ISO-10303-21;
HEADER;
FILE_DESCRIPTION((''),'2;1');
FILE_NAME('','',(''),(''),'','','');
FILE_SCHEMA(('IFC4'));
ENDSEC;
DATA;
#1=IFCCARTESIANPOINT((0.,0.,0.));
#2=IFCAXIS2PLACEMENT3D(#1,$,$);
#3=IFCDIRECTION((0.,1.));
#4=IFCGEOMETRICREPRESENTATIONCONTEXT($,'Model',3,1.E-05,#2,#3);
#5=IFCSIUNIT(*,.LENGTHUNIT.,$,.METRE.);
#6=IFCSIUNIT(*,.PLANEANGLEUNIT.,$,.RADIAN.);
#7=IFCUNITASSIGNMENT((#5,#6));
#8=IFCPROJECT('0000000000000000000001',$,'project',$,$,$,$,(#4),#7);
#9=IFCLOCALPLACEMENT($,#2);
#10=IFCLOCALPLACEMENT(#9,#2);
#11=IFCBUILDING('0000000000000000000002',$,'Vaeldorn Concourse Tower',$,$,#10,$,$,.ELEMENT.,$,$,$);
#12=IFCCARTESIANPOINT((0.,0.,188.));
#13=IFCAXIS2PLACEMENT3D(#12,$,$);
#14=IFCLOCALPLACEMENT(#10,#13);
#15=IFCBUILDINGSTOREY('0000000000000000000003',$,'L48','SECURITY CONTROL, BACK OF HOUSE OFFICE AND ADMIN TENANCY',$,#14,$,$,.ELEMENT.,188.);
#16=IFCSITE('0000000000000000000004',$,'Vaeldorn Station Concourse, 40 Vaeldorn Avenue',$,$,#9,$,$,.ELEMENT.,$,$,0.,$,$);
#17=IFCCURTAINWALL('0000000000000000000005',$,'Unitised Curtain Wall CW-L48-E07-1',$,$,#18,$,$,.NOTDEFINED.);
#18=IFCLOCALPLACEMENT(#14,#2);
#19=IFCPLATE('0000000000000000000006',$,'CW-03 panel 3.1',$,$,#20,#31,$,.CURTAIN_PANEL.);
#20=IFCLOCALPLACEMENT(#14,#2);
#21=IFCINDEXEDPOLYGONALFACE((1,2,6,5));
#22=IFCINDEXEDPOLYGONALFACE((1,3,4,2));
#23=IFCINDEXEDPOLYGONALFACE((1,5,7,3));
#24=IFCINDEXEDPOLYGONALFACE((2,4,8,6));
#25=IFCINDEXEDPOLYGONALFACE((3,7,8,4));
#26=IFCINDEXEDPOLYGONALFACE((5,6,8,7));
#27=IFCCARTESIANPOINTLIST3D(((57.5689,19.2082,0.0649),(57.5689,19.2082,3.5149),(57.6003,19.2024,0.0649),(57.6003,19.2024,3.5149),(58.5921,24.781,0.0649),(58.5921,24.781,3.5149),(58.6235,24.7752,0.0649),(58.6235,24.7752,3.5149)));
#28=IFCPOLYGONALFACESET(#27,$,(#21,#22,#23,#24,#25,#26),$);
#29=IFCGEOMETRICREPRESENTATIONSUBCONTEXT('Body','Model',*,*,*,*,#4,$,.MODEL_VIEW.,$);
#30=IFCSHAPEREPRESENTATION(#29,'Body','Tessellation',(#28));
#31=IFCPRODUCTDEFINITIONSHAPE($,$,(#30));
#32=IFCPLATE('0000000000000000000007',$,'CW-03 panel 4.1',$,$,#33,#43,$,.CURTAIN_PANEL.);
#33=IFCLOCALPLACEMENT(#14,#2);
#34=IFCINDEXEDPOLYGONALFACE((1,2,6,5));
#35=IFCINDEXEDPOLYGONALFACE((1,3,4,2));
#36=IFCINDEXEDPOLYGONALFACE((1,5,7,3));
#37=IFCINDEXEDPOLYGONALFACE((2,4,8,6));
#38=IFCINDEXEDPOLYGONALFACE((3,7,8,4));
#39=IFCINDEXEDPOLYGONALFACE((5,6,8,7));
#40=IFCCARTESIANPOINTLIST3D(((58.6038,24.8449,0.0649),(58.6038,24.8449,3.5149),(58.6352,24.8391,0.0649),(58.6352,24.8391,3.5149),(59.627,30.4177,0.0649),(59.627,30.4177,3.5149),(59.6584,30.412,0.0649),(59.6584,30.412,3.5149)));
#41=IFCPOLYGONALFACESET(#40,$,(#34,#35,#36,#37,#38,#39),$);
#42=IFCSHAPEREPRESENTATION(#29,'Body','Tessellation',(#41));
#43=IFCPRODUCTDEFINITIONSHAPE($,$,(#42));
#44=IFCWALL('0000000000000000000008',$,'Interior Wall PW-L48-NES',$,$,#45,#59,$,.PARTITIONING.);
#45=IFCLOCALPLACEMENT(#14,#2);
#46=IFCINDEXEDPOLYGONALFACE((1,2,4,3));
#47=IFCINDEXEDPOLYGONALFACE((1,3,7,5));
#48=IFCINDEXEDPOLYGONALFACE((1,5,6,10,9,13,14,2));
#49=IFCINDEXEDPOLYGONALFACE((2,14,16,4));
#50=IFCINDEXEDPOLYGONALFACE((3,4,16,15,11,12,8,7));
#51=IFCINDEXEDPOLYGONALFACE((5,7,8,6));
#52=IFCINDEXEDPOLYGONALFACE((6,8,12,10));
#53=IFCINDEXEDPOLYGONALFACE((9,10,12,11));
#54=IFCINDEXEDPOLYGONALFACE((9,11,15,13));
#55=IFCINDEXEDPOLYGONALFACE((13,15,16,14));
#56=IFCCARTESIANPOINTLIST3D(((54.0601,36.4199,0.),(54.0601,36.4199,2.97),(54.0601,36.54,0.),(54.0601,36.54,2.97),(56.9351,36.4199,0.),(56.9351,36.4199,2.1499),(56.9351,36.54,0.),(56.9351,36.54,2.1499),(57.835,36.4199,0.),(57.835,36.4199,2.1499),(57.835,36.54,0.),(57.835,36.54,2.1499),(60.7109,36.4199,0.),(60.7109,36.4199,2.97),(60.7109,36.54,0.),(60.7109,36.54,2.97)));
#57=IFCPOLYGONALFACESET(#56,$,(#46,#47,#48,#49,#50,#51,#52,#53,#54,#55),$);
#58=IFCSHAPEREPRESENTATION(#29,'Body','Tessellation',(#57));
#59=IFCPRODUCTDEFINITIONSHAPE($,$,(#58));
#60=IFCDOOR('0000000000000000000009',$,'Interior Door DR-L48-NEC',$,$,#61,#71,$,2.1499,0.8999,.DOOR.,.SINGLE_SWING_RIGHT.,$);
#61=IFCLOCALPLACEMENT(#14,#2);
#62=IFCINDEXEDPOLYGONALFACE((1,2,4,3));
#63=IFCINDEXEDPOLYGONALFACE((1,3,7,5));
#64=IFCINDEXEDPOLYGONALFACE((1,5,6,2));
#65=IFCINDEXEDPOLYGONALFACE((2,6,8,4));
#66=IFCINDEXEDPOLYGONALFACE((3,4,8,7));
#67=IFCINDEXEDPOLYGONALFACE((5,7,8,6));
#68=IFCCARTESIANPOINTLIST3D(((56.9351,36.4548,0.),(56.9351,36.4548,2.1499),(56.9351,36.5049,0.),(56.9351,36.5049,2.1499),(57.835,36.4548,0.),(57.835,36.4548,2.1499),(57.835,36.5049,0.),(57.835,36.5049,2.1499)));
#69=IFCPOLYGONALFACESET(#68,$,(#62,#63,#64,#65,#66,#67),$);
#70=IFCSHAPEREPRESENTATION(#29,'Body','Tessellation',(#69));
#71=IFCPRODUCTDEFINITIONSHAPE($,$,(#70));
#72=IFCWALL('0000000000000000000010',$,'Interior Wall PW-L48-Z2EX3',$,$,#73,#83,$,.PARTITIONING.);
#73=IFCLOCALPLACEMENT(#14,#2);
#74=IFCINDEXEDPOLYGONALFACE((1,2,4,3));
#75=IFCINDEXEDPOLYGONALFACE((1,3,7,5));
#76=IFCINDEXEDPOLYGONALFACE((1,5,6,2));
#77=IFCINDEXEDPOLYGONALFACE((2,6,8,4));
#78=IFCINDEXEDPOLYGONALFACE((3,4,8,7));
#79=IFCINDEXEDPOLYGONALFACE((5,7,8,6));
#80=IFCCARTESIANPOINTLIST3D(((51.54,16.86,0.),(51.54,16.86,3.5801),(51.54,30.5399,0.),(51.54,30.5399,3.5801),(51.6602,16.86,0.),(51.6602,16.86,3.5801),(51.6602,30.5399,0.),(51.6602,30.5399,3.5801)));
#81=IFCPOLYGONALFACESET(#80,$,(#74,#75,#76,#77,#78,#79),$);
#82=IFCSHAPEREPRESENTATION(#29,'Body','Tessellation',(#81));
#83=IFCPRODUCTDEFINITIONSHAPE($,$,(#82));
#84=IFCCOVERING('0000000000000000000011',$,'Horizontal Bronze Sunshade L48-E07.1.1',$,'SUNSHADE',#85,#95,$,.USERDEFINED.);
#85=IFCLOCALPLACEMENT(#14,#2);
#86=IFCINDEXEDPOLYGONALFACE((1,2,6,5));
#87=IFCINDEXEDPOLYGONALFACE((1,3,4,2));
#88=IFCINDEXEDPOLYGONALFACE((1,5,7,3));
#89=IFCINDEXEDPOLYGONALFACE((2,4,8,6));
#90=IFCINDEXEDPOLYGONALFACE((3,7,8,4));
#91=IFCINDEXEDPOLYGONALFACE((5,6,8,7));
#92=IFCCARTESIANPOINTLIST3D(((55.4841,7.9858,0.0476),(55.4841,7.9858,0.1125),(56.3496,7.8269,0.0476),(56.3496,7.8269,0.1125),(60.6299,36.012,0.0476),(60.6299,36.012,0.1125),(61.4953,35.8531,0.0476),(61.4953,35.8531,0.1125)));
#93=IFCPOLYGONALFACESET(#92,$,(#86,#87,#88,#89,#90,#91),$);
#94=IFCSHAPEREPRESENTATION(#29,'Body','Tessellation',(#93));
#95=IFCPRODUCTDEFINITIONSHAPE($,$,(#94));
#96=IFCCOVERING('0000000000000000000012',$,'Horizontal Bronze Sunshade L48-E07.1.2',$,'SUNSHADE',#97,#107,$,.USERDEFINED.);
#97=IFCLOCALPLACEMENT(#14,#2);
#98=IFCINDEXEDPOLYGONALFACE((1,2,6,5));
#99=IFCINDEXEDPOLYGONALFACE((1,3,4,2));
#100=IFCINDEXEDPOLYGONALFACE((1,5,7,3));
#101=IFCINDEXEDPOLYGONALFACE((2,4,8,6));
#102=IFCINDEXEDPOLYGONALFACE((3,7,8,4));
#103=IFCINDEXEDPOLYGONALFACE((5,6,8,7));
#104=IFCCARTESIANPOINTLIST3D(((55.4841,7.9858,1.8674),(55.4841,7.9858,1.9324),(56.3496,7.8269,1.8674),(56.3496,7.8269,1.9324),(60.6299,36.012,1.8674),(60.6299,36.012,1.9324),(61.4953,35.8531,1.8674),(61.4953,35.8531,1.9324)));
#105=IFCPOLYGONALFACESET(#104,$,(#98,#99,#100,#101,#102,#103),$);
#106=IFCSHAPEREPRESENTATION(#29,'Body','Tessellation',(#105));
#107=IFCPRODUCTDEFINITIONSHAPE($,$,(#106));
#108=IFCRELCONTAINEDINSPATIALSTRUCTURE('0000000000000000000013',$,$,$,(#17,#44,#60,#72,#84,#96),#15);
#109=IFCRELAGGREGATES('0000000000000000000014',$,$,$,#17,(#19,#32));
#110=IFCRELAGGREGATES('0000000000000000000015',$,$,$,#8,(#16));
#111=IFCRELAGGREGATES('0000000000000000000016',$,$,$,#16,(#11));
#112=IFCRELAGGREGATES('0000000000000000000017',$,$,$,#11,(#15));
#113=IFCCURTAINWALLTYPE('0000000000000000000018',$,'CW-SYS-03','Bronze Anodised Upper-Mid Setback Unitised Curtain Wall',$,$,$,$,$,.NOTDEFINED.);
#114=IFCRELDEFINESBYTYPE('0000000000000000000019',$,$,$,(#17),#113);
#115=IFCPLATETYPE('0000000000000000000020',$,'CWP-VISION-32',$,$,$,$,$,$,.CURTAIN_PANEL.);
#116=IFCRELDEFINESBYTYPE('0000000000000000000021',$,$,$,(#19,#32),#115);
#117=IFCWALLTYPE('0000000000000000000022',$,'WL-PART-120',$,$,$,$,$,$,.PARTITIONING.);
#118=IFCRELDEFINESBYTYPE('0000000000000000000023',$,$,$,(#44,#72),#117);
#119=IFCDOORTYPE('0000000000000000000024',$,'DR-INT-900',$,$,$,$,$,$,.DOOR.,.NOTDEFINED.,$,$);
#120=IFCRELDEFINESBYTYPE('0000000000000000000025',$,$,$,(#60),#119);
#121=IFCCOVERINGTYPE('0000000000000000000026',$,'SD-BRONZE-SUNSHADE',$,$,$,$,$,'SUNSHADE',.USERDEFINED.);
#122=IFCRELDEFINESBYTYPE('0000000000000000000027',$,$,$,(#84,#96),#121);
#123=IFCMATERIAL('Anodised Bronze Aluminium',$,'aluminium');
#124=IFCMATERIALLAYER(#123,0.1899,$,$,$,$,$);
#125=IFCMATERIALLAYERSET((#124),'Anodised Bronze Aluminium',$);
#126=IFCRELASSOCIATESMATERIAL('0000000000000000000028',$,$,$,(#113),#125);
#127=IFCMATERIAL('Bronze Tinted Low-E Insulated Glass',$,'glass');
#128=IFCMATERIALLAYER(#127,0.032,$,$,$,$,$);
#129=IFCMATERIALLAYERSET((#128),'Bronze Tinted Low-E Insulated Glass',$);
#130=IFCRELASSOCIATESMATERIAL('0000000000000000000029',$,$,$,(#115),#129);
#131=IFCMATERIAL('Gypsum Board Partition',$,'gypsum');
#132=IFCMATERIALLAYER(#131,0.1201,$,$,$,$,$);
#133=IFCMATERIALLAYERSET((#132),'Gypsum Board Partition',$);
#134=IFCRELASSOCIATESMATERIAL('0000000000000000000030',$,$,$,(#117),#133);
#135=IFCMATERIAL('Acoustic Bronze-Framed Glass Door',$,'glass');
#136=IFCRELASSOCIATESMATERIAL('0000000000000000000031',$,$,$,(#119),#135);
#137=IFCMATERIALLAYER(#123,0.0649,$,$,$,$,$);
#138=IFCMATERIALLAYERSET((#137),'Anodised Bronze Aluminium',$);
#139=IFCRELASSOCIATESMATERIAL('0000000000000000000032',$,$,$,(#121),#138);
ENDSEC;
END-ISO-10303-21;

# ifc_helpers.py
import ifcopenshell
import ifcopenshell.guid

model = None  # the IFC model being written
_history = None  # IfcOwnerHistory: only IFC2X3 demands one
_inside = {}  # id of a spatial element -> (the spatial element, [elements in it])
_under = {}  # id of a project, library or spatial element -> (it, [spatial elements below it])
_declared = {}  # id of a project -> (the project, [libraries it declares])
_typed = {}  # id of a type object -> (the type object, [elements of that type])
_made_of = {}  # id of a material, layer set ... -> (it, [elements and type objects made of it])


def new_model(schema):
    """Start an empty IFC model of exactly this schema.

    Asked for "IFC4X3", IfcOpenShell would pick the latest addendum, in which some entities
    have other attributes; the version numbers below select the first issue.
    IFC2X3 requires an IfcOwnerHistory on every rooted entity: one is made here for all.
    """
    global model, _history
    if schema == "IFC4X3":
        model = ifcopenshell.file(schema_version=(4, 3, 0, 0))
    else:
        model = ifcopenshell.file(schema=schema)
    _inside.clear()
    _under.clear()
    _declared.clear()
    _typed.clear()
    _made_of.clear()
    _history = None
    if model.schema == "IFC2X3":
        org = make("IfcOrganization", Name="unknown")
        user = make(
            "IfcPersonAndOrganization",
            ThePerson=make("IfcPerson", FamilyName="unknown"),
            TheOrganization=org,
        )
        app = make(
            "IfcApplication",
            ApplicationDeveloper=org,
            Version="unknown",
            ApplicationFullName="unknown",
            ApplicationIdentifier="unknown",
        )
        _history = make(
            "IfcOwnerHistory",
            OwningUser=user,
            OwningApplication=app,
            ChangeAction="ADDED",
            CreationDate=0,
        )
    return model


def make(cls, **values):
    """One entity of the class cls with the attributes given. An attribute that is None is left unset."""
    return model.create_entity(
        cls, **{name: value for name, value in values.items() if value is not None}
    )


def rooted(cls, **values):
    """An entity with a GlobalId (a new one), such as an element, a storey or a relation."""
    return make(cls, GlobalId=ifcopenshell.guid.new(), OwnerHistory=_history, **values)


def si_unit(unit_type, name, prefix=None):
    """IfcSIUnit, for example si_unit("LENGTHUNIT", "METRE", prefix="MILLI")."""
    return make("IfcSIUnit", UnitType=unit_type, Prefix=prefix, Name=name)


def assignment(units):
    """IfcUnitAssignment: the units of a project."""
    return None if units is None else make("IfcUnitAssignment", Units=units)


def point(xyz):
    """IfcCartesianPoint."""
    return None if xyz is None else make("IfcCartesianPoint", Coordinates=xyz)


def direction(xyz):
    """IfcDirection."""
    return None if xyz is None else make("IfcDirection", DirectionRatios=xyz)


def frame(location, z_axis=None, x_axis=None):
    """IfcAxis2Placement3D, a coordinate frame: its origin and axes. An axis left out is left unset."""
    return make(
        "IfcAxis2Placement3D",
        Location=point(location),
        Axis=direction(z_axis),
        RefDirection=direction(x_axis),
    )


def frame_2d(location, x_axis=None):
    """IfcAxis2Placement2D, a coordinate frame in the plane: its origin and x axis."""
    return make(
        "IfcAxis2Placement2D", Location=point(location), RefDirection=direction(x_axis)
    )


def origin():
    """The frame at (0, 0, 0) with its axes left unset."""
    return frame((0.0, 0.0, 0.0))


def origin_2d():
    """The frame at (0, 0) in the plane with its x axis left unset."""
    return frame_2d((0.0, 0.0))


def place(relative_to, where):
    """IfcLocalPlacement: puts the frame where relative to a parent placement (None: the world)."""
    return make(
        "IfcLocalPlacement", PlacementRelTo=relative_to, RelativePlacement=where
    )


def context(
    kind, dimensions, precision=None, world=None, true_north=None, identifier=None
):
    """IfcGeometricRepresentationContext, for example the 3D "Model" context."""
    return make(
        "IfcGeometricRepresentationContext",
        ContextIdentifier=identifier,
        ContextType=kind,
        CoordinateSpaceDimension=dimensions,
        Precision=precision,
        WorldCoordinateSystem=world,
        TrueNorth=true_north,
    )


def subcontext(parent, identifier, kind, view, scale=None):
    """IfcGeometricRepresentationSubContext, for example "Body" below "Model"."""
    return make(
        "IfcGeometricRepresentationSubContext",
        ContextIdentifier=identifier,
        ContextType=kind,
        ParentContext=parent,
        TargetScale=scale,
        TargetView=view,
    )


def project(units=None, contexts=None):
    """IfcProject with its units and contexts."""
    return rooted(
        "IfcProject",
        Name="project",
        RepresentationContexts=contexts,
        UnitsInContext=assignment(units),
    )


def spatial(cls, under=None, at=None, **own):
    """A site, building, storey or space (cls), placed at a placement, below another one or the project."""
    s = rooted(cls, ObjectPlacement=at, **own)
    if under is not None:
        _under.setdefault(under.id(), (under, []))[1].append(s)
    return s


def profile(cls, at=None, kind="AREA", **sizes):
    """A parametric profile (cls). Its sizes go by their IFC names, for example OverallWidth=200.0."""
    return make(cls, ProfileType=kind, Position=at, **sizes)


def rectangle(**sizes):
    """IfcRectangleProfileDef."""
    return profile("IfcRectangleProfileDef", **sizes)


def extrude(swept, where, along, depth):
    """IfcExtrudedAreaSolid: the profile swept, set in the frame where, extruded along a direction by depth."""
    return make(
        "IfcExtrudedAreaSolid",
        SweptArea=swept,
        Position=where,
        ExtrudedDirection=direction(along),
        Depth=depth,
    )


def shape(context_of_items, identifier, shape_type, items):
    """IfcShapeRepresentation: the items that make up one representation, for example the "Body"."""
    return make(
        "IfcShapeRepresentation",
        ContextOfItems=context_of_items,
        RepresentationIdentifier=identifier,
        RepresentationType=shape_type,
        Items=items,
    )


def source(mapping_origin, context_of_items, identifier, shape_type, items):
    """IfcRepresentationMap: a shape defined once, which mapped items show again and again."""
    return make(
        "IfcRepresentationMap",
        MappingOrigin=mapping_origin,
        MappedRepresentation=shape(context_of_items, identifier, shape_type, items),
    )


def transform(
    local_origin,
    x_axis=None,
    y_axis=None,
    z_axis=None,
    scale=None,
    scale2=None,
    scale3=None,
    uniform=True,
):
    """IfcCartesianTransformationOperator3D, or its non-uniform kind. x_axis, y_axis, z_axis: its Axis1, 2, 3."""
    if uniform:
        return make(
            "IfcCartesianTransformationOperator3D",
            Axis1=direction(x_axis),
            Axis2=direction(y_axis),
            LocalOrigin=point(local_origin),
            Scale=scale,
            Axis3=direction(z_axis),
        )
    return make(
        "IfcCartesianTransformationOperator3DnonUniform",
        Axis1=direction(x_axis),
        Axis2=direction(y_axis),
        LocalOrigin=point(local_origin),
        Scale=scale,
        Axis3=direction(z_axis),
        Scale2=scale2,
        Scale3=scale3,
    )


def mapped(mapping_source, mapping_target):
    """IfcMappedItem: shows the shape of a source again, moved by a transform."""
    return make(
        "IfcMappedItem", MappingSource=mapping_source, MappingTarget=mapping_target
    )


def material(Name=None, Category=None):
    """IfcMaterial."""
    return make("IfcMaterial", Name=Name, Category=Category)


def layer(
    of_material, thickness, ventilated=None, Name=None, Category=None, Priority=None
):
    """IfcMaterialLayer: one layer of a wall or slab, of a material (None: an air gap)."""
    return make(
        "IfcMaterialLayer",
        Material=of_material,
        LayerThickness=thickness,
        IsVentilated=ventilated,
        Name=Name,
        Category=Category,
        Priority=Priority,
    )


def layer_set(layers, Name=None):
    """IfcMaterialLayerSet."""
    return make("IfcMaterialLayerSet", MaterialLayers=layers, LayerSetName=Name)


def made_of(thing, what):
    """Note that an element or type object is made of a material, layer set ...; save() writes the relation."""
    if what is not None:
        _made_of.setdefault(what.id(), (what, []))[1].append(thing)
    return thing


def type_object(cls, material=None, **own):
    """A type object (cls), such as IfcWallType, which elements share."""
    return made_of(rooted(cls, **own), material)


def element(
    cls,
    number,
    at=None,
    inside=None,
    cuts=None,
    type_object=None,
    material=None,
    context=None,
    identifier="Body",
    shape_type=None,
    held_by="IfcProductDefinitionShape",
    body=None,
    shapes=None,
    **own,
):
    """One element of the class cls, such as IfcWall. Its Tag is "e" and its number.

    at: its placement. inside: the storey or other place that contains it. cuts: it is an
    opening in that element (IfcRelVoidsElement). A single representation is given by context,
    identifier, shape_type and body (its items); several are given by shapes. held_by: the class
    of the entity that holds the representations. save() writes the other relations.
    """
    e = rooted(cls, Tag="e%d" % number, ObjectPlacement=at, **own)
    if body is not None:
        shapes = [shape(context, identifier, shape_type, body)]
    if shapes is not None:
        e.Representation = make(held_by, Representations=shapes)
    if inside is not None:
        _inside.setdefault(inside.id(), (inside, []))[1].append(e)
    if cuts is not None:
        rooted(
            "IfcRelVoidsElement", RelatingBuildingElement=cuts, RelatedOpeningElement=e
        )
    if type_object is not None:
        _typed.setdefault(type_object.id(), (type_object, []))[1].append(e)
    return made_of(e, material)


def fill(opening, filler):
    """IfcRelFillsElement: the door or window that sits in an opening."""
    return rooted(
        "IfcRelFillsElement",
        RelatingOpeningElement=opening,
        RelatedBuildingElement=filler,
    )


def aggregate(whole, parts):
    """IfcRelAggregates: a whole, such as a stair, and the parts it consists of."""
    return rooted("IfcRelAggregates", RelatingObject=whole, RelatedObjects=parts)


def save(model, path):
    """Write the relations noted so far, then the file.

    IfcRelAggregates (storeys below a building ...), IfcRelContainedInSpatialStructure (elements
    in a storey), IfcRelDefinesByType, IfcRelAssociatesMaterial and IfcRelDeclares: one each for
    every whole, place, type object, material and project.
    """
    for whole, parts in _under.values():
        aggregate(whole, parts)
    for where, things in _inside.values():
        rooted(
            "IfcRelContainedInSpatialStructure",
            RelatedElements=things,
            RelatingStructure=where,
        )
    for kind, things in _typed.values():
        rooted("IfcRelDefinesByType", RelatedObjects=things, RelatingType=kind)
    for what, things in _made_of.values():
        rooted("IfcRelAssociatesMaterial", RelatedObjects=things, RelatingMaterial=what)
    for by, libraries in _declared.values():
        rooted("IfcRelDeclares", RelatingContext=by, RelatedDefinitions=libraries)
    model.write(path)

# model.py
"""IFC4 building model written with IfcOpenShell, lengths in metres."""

from ifc_helpers import new_model, si_unit, direction, frame, frame_2d, origin, origin_2d, place, context, subcontext, project, spatial, rectangle, extrude, source, transform, mapped, material, layer, layer_set, type_object, element, fill, aggregate, save


model = new_model("IFC4")

# Units and contexts
model_context = context("Model", 3, precision=1e-05, world=origin(), true_north=direction((0.0, 1.0)))
body_context = subcontext(model_context, "Body", "Model", "MODEL_VIEW")
ifc_project = project(units=[si_unit("LENGTHUNIT", "METRE"), si_unit("PLANEANGLEUNIT", "RADIAN")], contexts=[model_context])

# Site, building, storey
site_placement = place(None, origin())
site = spatial("IfcSite", under=ifc_project, at=site_placement, Name="Vaeldorn Station Concourse, 40 Vaeldorn Avenue", CompositionType="ELEMENT", RefElevation=0.0)
building_placement = place(site_placement, origin())
building = spatial("IfcBuilding", under=site, at=building_placement, Name="Vaeldorn Concourse Tower", CompositionType="ELEMENT")
storey_placement = place(building_placement, frame((0.0, 0.0, 188.0)))
storey = spatial("IfcBuildingStorey", under=building, at=storey_placement, Name="L48", Description="SECURITY CONTROL, BACK OF HOUSE OFFICE AND ADMIN TENANCY", CompositionType="ELEMENT", Elevation=188.0)

# Curtain wall, plates
ifc_material_1 = material(Name="Anodised Bronze Aluminium", Category="aluminium")
ifc_layer_1 = layer(ifc_material_1, 0.1899)
ifc_layer_set_1 = layer_set([ifc_layer_1], Name="Anodised Bronze Aluminium")
curtain_wall_type = type_object("IfcCurtainWallType", Name="CW-SYS-03", Description="Bronze Anodised Upper-Mid Setback Unitised Curtain Wall", PredefinedType="NOTDEFINED", material=ifc_layer_set_1)
curtain_wall_placement = place(storey_placement, origin())
curtain_wall = element("IfcCurtainWall", 1, at=curtain_wall_placement, inside=storey, type_object=curtain_wall_type, Name="Unitised Curtain Wall CW-L48-E07-1", PredefinedType="NOTDEFINED")
ifc_material_2 = material(Name="Bronze Tinted Low-E Insulated Glass", Category="glass")
ifc_layer_2 = layer(ifc_material_2, 0.032)
ifc_layer_set_2 = layer_set([ifc_layer_2], Name="Bronze Tinted Low-E Insulated Glass")
plate_type = type_object("IfcPlateType", Name="CWP-VISION-32", PredefinedType="CURTAIN_PANEL", material=ifc_layer_set_2)
shared_shape_1 = source(origin(), body_context, "Body", "SweptSolid", [
    extrude(rectangle(XDim=5.666, YDim=0.032, at=origin_2d()), origin(), (0.0, 0.0, 1.0), 3.45),
])
plate_1_placement = place(storey_placement, frame((58.0962, 21.9917, 0.0649), z_axis=(0.0, 0.0, 1.0), x_axis=(0.180585, 0.983559, 0.0)))
plate_1 = element("IfcPlate", 2, at=plate_1_placement, type_object=plate_type, Name="CW-03 panel 3.1", PredefinedType="CURTAIN_PANEL", context=body_context, shape_type="MappedRepresentation", body=[
    mapped(shared_shape_1, transform((0.0, 0.0, 0.0), scale=1.0)),
])
plate_2_placement = place(storey_placement, frame((59.1311, 27.6284, 0.0649), z_axis=(0.0, 0.0, 1.0), x_axis=(0.180585, 0.983559, 0.0)))
plate_2 = element("IfcPlate", 3, at=plate_2_placement, type_object=plate_type, Name="CW-03 panel 4.1", PredefinedType="CURTAIN_PANEL", context=body_context, shape_type="MappedRepresentation", body=[
    mapped(shared_shape_1, transform((0.0, 0.0, 0.0), scale=1.0)),
])
aggregate(curtain_wall, [plate_1, plate_2])

# Wall, opening, door
ifc_material_3 = material(Name="Gypsum Board Partition", Category="gypsum")
ifc_layer_3 = layer(ifc_material_3, 0.1201)
ifc_layer_set_3 = layer_set([ifc_layer_3], Name="Gypsum Board Partition")
wall_type = type_object("IfcWallType", Name="WL-PART-120", PredefinedType="PARTITIONING", material=ifc_layer_set_3)
wall_1_placement = place(storey_placement, frame((54.0601, 36.48, 0.0), z_axis=(0.0, 0.0, 1.0), x_axis=(1.0, 0.0, 0.0)))
wall_1 = element("IfcWall", 4, at=wall_1_placement, inside=storey, type_object=wall_type, Name="Interior Wall PW-L48-NES", PredefinedType="PARTITIONING", context=body_context, shape_type="SweptSolid", body=[
    extrude(rectangle(XDim=6.6509, YDim=0.1201, at=frame_2d((3.3254, 0.0))), origin(), (0.0, 0.0, 1.0), 2.97),
])
opening_placement = place(wall_1_placement, frame((2.875, 0.0, 0.0)))
opening = element("IfcOpeningElement", 5, at=opening_placement, cuts=wall_1, PredefinedType="OPENING", context=body_context, shape_type="SweptSolid", body=[
    extrude(rectangle(XDim=0.8999, YDim=2.1499, at=frame_2d((0.45, 1.075))), frame((0.0, 0.0701, 0.0), z_axis=(0.0, -1.0, 0.0), x_axis=(1.0, 0.0, 0.0)), (0.0, 0.0, 1.0), 0.1401),
])
ifc_material_4 = material(Name="Acoustic Bronze-Framed Glass Door", Category="glass")
door_type = type_object("IfcDoorType", Name="DR-INT-900", OperationType="NOTDEFINED", PredefinedType="DOOR", material=ifc_material_4)
shared_shape_2 = source(origin(), body_context, "Body", "SweptSolid", [
    extrude(rectangle(XDim=0.8999, YDim=2.1499, at=frame_2d((0.45, 1.075))), frame((0.0, 0.0249, 0.0), z_axis=(0.0, -1.0, 0.0), x_axis=(1.0, 0.0, 0.0)), (0.0, 0.0, 1.0), 0.05),
])
door_placement = place(opening_placement, origin())
door = element("IfcDoor", 6, at=door_placement, inside=storey, type_object=door_type, Name="Interior Door DR-L48-NEC", OperationType="SINGLE_SWING_RIGHT", OverallHeight=2.1499, OverallWidth=0.8999, PredefinedType="DOOR", context=body_context, shape_type="MappedRepresentation", body=[
    mapped(shared_shape_2, transform((0.0, 0.0, 0.0), scale=1.0)),
])
fill(opening, door)

# Wall
wall_2_placement = place(storey_placement, frame((51.6001, 16.8601, 0.0), z_axis=(0.0, 0.0, 1.0), x_axis=(0.0, 1.0, 0.0)))
element("IfcWall", 7, at=wall_2_placement, inside=storey, type_object=wall_type, Name="Interior Wall PW-L48-Z2EX3", PredefinedType="PARTITIONING", context=body_context, shape_type="SweptSolid", body=[
    extrude(rectangle(XDim=13.6799, YDim=0.1201, at=frame_2d((6.8398, 0.0))), origin(), (0.0, 0.0, 1.0), 3.5801),
])

# Coverings
ifc_layer_4 = layer(ifc_material_1, 0.0649)
ifc_layer_set_4 = layer_set([ifc_layer_4], Name="Anodised Bronze Aluminium")
covering_type = type_object("IfcCoveringType", Name="SD-BRONZE-SUNSHADE", ElementType="SUNSHADE", PredefinedType="USERDEFINED", material=ifc_layer_set_4)
shared_shape_3 = source(origin(), body_context, "Body", "SweptSolid", [
    extrude(rectangle(XDim=28.4946, YDim=0.8799, at=origin_2d()), origin(), (0.0, 0.0, 1.0), 0.0649),
])
for number, where, z_axis, x_axis, name in (
    (8, (58.4897, 21.9194, 0.0476), (0.0, 0.0, 1.0), (0.180588, 0.983559, 0.0), "Horizontal Bronze Sunshade L48-E07.1.1"),
    (9, (58.4897, 21.9194, 1.8674), (0.0, 0.0, 1.0), (0.180588, 0.983559, 0.0), "Horizontal Bronze Sunshade L48-E07.1.2"),
):
    element("IfcCovering", number, at=place(storey_placement, frame(where, z_axis=z_axis, x_axis=x_axis)), inside=storey, type_object=covering_type, Name=name, ObjectType="SUNSHADE", PredefinedType="USERDEFINED", context=body_context, shape_type="MappedRepresentation", body=[
        mapped(shared_shape_3, transform((0.0, 0.0, 0.0), scale=1.0)),
    ])

save(model, "model.ifc")
